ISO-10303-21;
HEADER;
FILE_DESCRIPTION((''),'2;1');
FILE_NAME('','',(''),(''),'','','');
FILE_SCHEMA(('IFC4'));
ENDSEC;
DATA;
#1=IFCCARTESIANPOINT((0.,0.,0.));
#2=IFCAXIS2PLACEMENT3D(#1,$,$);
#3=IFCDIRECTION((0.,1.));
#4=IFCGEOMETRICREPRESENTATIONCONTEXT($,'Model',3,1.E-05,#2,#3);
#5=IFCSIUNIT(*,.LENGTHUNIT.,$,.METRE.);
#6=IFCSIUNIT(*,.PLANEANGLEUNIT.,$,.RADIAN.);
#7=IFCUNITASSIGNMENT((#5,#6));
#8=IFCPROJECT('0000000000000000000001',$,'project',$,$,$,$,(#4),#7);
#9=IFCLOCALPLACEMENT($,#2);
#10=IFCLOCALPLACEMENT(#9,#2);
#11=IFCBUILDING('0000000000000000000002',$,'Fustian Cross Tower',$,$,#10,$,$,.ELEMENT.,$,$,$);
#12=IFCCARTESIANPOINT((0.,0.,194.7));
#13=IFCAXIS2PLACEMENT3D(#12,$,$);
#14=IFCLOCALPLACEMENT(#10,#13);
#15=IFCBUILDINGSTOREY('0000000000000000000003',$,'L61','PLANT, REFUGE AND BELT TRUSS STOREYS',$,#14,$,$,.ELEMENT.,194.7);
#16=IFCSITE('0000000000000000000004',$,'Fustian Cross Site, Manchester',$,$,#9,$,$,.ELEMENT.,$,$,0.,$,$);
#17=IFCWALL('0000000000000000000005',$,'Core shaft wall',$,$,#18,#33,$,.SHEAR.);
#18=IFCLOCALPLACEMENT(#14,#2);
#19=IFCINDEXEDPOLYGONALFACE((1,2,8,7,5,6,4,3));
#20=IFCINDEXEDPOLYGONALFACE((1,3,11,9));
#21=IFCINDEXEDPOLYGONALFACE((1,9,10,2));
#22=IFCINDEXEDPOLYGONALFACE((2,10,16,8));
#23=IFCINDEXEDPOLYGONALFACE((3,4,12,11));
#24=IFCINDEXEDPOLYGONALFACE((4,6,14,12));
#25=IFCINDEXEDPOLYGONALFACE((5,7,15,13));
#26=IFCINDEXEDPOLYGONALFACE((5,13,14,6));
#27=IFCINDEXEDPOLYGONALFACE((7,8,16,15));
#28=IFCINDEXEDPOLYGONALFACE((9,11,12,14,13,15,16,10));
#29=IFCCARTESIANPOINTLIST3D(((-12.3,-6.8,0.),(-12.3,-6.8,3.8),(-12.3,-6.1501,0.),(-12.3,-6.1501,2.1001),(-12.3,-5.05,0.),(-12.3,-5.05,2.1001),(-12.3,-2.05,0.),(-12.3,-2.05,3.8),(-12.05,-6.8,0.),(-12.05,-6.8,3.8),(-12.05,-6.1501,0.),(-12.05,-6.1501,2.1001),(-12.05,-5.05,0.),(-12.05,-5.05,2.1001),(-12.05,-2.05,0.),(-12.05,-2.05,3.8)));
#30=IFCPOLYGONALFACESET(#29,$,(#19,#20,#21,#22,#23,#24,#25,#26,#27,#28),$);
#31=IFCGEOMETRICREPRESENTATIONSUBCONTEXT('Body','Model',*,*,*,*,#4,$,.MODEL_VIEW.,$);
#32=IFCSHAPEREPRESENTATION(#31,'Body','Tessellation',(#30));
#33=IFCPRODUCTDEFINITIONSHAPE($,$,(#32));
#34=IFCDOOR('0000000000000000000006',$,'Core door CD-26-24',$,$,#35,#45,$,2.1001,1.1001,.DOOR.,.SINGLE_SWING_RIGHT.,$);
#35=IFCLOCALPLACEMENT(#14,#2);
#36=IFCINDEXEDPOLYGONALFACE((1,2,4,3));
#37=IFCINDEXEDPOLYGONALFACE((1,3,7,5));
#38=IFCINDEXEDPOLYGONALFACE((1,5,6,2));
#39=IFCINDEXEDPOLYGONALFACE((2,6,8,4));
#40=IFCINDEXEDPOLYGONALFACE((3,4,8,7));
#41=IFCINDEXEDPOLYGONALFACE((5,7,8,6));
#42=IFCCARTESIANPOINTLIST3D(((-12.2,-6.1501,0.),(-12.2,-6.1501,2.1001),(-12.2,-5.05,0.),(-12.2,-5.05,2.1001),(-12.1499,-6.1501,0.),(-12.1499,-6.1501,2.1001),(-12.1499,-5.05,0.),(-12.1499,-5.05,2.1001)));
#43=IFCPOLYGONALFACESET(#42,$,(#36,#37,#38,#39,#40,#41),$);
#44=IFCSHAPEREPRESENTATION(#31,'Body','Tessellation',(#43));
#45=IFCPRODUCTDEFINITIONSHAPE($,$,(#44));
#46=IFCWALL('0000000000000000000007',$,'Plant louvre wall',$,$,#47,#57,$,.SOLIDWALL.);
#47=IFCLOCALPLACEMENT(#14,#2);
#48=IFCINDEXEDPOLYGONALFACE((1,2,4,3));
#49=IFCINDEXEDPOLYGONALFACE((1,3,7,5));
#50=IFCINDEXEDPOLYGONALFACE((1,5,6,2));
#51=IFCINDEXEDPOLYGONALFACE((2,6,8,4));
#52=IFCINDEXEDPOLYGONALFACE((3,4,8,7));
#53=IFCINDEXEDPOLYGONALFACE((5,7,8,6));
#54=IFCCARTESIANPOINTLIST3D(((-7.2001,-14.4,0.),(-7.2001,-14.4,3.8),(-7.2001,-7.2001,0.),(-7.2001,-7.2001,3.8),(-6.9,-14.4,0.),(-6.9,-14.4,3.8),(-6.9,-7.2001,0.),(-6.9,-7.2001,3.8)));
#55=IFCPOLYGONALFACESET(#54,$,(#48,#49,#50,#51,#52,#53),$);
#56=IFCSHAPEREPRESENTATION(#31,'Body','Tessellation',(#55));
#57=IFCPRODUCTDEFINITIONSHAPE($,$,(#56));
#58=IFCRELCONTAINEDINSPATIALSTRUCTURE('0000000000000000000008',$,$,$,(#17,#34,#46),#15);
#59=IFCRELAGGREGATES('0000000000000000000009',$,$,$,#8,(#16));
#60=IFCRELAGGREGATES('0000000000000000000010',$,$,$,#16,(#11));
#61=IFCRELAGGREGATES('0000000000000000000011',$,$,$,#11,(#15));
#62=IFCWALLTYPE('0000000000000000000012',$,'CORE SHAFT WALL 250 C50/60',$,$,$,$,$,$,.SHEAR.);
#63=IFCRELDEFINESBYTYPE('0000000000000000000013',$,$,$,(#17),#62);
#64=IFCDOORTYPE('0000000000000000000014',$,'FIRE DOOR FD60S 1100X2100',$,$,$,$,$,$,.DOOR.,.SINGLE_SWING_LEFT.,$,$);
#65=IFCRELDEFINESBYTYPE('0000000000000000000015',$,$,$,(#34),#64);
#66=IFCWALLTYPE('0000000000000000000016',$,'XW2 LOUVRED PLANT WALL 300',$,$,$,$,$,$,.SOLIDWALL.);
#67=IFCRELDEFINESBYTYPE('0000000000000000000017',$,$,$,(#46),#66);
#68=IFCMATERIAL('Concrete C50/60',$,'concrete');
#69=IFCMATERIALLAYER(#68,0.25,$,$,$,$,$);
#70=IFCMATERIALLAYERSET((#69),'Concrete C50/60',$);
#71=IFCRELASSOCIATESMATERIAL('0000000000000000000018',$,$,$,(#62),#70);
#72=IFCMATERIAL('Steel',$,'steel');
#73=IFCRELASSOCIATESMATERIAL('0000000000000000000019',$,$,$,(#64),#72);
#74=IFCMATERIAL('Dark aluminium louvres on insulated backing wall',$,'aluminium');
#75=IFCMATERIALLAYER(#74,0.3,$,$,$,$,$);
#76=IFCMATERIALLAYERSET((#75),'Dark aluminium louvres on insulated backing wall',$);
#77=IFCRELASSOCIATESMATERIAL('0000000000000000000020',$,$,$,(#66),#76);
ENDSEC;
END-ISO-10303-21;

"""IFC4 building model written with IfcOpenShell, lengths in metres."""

from ifc_helpers import new_model, si_unit, direction, frame, frame_2d, origin, place, context, subcontext, project, spatial, rectangle, extrude, material, layer, layer_set, type_object, element, fill, save


model = new_model("IFC4")

# Units and contexts
model_context = context("Model", 3, precision=1e-05, world=origin(), true_north=direction((0.0, 1.0)))
body_context = subcontext(model_context, "Body", "Model", "MODEL_VIEW")
ifc_project = project(units=[si_unit("LENGTHUNIT", "METRE"), si_unit("PLANEANGLEUNIT", "RADIAN")], contexts=[model_context])

# Site, building, storey
site_placement = place(None, origin())
site = spatial("IfcSite", under=ifc_project, at=site_placement, Name="Fustian Cross Site, Manchester", CompositionType="ELEMENT", RefElevation=0.0)
building_placement = place(site_placement, origin())
building = spatial("IfcBuilding", under=site, at=building_placement, Name="Fustian Cross Tower", CompositionType="ELEMENT")
storey_placement = place(building_placement, frame((0.0, 0.0, 194.7)))
storey = spatial("IfcBuildingStorey", under=building, at=storey_placement, Name="L61", Description="PLANT, REFUGE AND BELT TRUSS STOREYS", CompositionType="ELEMENT", Elevation=194.7)

# Shared definitions
ifc_material_1 = material(Name="Concrete C50/60", Category="concrete")
ifc_layer_1 = layer(ifc_material_1, 0.25)
ifc_layer_set_1 = layer_set([ifc_layer_1], Name="Concrete C50/60")
wall_type_1 = type_object("IfcWallType", Name="CORE SHAFT WALL 250 C50/60", PredefinedType="SHEAR", material=ifc_layer_set_1)

# Wall, opening, door
wall_1_placement = place(storey_placement, frame((-12.175, -2.05, 0.0), z_axis=(0.0, 0.0, 1.0), x_axis=(0.0, -1.0, 0.0)))
wall_1 = element("IfcWall", 1, at=wall_1_placement, inside=storey, type_object=wall_type_1, Name="Core shaft wall", PredefinedType="SHEAR", context=body_context, shape_type="SweptSolid", body=[
    extrude(rectangle(XDim=4.75, YDim=0.25, at=frame_2d((2.375, 0.0))), origin(), (0.0, 0.0, 1.0), 3.8),
])
opening_1_placement = place(wall_1_placement, frame((3.0, 0.0, 0.0)))
opening_1 = element("IfcOpeningElement", 2, at=opening_1_placement, cuts=wall_1, PredefinedType="OPENING", context=body_context, shape_type="SweptSolid", body=[
    extrude(rectangle(XDim=1.1001, YDim=2.1001, at=frame_2d((0.55, 1.05))), frame((0.0, 0.135, 0.0), z_axis=(0.0, -1.0, 0.0), x_axis=(1.0, 0.0, 0.0)), (0.0, 0.0, 1.0), 0.27),
])
ifc_material_2 = material(Name="Steel", Category="steel")
door_type_1 = type_object("IfcDoorType", Name="FIRE DOOR FD60S 1100X2100", OperationType="SINGLE_SWING_LEFT", PredefinedType="DOOR", material=ifc_material_2)
door_1_placement = place(opening_1_placement, frame((1.1001, 0.0, 0.0), z_axis=(0.0, 0.0, 1.0), x_axis=(-1.0, 0.0, 0.0)))
door_1 = element("IfcDoor", 3, at=door_1_placement, inside=storey, type_object=door_type_1, Name="Core door CD-26-24", OperationType="SINGLE_SWING_RIGHT", OverallHeight=2.1001, OverallWidth=1.1001, PredefinedType="DOOR", context=body_context, shape_type="SweptSolid", body=[
    extrude(rectangle(XDim=1.1001, YDim=2.1001, at=frame_2d((0.55, 1.05))), frame((0.0, 0.0249, 0.0), z_axis=(0.0, -1.0, 0.0), x_axis=(1.0, 0.0, 0.0)), (0.0, 0.0, 1.0), 0.05),
])
fill(opening_1, door_1)

# Wall
ifc_material_3 = material(Name="Dark aluminium louvres on insulated backing wall", Category="aluminium")
ifc_layer_2 = layer(ifc_material_3, 0.3)
ifc_layer_set_2 = layer_set([ifc_layer_2], Name="Dark aluminium louvres on insulated backing wall")
wall_type_2 = type_object("IfcWallType", Name="XW2 LOUVRED PLANT WALL 300", PredefinedType="SOLIDWALL", material=ifc_layer_set_2)
wall_2_placement = place(storey_placement, frame((-7.05, -7.2, 0.0), z_axis=(0.0, 0.0, 1.0), x_axis=(0.0, -1.0, 0.0)))
element("IfcWall", 4, at=wall_2_placement, inside=storey, type_object=wall_type_2, Name="Plant louvre wall", PredefinedType="SOLIDWALL", context=body_context, shape_type="SweptSolid", body=[
    extrude(rectangle(XDim=7.2, YDim=0.3, at=frame_2d((3.6001, 0.0))), origin(), (0.0, 0.0, 1.0), 3.8),
])

save(model, "model.ifc")
